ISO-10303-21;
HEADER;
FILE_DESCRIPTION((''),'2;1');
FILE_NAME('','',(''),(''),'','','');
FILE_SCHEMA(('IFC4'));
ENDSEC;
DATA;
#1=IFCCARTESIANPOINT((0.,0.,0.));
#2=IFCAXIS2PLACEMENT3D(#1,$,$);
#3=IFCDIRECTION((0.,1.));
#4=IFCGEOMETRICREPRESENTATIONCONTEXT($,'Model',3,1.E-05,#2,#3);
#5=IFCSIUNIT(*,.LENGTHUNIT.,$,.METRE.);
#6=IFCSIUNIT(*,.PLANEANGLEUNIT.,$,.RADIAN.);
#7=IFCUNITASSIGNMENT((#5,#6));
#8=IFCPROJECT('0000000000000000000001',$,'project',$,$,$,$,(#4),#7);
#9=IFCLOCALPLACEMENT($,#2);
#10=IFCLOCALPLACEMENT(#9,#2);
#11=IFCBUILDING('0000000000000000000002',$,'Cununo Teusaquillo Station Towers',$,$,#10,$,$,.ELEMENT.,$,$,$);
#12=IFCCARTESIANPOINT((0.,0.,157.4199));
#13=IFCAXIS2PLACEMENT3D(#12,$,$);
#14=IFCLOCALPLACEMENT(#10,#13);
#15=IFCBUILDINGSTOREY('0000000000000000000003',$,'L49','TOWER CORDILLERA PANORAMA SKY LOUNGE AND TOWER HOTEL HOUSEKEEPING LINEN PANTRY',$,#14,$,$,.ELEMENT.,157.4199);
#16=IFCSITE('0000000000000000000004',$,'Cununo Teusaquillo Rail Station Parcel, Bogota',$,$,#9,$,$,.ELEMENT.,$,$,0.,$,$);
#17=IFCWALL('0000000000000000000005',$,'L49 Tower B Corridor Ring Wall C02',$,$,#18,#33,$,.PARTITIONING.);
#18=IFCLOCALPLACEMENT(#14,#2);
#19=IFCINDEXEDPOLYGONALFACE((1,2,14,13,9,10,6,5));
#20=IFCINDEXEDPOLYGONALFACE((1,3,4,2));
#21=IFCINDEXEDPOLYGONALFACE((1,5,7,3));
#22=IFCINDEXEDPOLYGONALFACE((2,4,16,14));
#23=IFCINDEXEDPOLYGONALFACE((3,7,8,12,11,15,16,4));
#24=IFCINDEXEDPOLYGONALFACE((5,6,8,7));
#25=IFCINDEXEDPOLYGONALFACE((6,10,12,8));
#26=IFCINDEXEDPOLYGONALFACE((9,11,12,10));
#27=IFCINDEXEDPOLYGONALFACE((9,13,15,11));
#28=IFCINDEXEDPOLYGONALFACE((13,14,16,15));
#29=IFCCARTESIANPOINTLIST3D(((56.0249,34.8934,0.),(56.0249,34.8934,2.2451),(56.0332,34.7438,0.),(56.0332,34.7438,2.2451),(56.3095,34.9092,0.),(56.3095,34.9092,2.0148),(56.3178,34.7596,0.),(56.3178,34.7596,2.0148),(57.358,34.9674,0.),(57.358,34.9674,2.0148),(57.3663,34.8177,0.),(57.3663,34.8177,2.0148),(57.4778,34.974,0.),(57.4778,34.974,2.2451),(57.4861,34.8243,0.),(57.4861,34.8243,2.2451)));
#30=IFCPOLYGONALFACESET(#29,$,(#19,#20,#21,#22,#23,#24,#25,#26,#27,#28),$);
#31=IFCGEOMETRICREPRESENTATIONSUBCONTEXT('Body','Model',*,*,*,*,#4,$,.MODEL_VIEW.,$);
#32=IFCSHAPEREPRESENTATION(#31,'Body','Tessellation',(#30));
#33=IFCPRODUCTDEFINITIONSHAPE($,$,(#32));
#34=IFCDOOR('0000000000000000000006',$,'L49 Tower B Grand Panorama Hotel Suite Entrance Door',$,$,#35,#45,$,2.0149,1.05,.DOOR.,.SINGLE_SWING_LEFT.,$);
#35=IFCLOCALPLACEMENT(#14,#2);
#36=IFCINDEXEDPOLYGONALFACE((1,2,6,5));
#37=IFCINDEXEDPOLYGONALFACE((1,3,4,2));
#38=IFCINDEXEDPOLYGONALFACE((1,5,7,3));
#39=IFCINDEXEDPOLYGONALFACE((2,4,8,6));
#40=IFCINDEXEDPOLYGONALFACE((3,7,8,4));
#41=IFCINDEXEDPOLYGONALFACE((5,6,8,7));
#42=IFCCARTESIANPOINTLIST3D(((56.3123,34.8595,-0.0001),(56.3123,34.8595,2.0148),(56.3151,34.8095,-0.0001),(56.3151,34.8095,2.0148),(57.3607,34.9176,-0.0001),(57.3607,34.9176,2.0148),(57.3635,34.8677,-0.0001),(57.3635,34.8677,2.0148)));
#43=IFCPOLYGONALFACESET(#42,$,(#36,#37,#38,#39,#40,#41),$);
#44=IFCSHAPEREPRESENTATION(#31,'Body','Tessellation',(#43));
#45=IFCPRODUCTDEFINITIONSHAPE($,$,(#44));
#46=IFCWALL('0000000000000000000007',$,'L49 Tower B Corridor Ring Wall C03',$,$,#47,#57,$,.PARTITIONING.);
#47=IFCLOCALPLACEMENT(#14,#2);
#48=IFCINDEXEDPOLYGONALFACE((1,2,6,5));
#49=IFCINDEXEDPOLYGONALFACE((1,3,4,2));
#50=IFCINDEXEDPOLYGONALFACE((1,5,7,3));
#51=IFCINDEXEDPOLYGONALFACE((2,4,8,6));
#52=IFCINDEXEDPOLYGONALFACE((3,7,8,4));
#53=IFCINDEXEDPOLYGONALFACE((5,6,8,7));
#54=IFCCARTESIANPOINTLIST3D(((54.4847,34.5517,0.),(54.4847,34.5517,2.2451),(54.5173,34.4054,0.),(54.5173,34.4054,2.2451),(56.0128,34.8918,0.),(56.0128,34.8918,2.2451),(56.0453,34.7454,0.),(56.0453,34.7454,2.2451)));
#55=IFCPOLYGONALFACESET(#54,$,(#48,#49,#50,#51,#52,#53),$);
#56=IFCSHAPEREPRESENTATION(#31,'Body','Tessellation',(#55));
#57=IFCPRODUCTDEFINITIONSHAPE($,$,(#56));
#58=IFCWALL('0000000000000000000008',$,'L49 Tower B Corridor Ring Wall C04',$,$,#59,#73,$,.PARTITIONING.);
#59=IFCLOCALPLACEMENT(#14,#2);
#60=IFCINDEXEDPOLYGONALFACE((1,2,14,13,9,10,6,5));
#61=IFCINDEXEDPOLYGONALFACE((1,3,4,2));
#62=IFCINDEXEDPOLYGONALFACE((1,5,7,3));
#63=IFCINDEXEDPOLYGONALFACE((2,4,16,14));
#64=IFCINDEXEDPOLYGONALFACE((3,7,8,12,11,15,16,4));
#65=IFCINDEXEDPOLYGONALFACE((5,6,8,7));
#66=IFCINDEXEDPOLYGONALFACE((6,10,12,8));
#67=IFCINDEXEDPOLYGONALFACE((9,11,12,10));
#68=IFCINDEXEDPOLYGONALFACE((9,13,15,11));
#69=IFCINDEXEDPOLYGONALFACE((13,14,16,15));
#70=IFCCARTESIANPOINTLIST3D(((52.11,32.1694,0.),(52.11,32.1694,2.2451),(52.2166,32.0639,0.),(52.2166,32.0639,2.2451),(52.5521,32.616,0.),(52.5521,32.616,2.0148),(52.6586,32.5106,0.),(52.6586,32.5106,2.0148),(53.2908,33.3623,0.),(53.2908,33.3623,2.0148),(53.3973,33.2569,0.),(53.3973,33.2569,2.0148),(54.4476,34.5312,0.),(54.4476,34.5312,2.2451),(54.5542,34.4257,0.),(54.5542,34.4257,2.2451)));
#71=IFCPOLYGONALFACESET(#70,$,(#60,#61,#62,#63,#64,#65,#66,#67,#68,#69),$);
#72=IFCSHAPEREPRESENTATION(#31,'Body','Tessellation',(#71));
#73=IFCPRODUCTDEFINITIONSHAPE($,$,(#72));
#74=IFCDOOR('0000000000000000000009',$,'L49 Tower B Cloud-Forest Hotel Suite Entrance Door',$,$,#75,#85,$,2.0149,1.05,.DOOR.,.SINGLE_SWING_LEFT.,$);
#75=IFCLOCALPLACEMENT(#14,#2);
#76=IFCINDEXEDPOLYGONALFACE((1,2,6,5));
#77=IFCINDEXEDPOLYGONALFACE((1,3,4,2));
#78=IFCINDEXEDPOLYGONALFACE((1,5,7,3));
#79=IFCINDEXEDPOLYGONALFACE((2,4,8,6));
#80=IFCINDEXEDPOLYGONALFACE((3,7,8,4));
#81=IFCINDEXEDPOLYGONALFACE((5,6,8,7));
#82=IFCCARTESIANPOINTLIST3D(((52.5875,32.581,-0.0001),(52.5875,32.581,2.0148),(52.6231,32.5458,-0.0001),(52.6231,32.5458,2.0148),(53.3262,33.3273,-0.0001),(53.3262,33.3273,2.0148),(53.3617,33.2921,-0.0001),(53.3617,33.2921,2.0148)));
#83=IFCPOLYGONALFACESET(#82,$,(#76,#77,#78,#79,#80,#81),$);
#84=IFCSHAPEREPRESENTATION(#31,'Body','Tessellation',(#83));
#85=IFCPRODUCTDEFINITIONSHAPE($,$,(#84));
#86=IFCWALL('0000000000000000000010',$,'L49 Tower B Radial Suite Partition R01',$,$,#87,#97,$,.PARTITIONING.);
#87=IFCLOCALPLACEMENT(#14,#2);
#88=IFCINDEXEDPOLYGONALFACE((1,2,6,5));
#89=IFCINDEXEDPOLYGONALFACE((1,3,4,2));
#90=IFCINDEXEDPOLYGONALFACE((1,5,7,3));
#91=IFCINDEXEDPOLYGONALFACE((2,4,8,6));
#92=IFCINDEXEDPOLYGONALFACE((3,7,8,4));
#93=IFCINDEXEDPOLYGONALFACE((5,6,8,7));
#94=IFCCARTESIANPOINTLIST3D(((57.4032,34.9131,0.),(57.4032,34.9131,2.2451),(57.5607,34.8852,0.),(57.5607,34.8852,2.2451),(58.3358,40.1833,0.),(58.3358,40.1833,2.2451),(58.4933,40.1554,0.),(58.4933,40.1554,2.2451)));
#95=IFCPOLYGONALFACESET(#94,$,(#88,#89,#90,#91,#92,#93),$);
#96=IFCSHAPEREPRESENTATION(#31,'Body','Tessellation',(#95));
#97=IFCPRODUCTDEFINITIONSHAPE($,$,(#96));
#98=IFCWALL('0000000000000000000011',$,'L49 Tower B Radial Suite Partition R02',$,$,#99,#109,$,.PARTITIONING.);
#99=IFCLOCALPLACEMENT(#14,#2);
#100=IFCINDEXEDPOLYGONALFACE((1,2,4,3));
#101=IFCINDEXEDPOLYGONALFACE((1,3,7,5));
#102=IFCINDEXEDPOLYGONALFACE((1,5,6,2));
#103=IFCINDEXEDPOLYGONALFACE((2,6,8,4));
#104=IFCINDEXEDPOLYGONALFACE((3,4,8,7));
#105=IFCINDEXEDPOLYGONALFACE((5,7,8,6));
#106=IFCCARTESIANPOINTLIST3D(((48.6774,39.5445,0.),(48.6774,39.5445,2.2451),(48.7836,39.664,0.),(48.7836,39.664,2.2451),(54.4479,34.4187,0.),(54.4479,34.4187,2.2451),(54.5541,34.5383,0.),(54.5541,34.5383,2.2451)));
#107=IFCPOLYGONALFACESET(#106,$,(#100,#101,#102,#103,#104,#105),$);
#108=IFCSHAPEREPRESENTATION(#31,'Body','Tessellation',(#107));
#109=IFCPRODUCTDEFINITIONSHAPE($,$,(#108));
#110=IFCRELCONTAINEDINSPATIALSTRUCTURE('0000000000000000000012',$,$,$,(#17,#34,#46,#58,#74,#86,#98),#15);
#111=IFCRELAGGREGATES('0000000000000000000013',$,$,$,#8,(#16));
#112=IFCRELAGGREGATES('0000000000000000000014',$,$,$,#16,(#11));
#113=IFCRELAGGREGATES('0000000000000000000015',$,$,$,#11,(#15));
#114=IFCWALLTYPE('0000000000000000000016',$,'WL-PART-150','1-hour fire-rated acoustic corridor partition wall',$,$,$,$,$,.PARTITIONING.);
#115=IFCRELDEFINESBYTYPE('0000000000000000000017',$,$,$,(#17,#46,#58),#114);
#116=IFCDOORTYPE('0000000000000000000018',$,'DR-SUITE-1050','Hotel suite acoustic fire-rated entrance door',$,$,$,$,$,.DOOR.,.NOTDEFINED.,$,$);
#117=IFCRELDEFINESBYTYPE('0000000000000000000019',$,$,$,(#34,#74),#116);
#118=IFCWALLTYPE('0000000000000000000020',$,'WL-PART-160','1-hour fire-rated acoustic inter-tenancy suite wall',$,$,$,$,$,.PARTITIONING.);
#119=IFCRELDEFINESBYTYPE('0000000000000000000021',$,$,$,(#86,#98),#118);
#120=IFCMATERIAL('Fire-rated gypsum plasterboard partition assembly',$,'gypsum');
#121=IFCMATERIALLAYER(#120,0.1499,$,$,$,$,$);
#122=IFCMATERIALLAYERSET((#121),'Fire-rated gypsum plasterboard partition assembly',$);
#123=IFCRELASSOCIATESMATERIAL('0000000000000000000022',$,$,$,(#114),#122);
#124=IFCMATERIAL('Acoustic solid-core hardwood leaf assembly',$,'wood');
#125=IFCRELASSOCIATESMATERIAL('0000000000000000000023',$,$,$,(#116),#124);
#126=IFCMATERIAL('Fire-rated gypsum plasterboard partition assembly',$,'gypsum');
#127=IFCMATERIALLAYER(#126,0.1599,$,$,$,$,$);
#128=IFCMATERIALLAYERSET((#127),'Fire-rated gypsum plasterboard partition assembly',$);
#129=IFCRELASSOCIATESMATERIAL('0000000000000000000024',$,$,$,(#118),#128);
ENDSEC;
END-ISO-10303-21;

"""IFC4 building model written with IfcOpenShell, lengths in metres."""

from ifc_helpers import new_model, si_unit, direction, frame, frame_2d, origin, place, context, subcontext, project, spatial, rectangle, extrude, source, transform, mapped, material, layer, layer_set, type_object, element, fill, save


model = new_model("IFC4")

# Units and contexts
model_context = context("Model", 3, precision=1e-05, world=origin(), true_north=direction((0.0, 1.0)))
body_context = subcontext(model_context, "Body", "Model", "MODEL_VIEW")
ifc_project = project(units=[si_unit("LENGTHUNIT", "METRE"), si_unit("PLANEANGLEUNIT", "RADIAN")], contexts=[model_context])

# Site, building, storey
site_placement = place(None, origin())
site = spatial("IfcSite", under=ifc_project, at=site_placement, Name="Cununo Teusaquillo Rail Station Parcel, Bogota", CompositionType="ELEMENT", RefElevation=0.0)
building_placement = place(site_placement, origin())
building = spatial("IfcBuilding", under=site, at=building_placement, Name="Cununo Teusaquillo Station Towers", CompositionType="ELEMENT")
storey_placement = place(building_placement, frame((0.0, 0.0, 157.4199)))
storey = spatial("IfcBuildingStorey", under=building, at=storey_placement, Name="L49", Description="TOWER CORDILLERA PANORAMA SKY LOUNGE AND TOWER HOTEL HOUSEKEEPING LINEN PANTRY", CompositionType="ELEMENT", Elevation=157.4199)

# Wall, opening, door
ifc_material_1 = material(Name="Fire-rated gypsum plasterboard partition assembly", Category="gypsum")
ifc_layer_1 = layer(ifc_material_1, 0.1499)
ifc_layer_set_1 = layer_set([ifc_layer_1], Name="Fire-rated gypsum plasterboard partition assembly")
wall_type_1 = type_object("IfcWallType", Name="WL-PART-150", Description="1-hour fire-rated acoustic corridor partition wall", PredefinedType="PARTITIONING", material=ifc_layer_set_1)
wall_1_placement = place(storey_placement, frame((57.4819, 34.8992, 0.0), z_axis=(0.0, 0.0, 1.0), x_axis=(-0.998466, -0.055368, 0.0)))
wall_1 = element("IfcWall", 1, at=wall_1_placement, inside=storey, type_object=wall_type_1, Name="L49 Tower B Corridor Ring Wall C02", PredefinedType="PARTITIONING", context=body_context, shape_type="SweptSolid", body=[
    extrude(rectangle(XDim=1.4551, YDim=0.1499, at=frame_2d((0.7275, 0.0))), origin(), (0.0, 0.0, 1.0), 2.2451),
])
shared_shape_1 = source(origin(), body_context, "Body", "SweptSolid", [
    extrude(rectangle(XDim=1.05, YDim=2.0149, at=frame_2d((0.5249, 1.0073))), frame((0.0, 0.085, 0.0), z_axis=(0.0, -1.0, 0.0), x_axis=(1.0, 0.0, 0.0)), (0.0, 0.0, 1.0), 0.1699),
])
opening_1_placement = place(wall_1_placement, frame((0.1201, 0.0, 0.0)))
opening_1 = element("IfcOpeningElement", 2, at=opening_1_placement, cuts=wall_1, PredefinedType="OPENING", context=body_context, shape_type="MappedRepresentation", body=[
    mapped(shared_shape_1, transform((0.0, 0.0, 0.0), x_axis=(1.0, 0.0, 0.0), y_axis=(0.0, 1.0, 0.0), z_axis=(0.0, 0.0, 1.0), scale=1.0)),
])
ifc_material_2 = material(Name="Acoustic solid-core hardwood leaf assembly", Category="wood")
door_type_1 = type_object("IfcDoorType", Name="DR-SUITE-1050", Description="Hotel suite acoustic fire-rated entrance door", OperationType="NOTDEFINED", PredefinedType="DOOR", material=ifc_material_2)
shared_shape_2 = source(origin(), body_context, "Body", "SweptSolid", [
    extrude(rectangle(XDim=1.05, YDim=2.0149, at=frame_2d((0.5249, 1.0073))), frame((0.0, 0.0249, 0.0), z_axis=(0.0, -1.0, 0.0), x_axis=(1.0, 0.0, 0.0)), (0.0, 0.0, 1.0), 0.05),
])
door_1_placement = place(opening_1_placement, origin())
door_1 = element("IfcDoor", 3, at=door_1_placement, inside=storey, type_object=door_type_1, Name="L49 Tower B Grand Panorama Hotel Suite Entrance Door", OperationType="SINGLE_SWING_LEFT", OverallHeight=2.0149, OverallWidth=1.05, PredefinedType="DOOR", context=body_context, shape_type="MappedRepresentation", body=[
    mapped(shared_shape_2, transform((0.0, 0.0, 0.0), x_axis=(1.0, 0.0, 0.0), y_axis=(0.0, 1.0, 0.0), z_axis=(0.0, 0.0, 1.0), scale=1.0)),
])
fill(opening_1, door_1)

# Wall
wall_2_placement = place(storey_placement, frame((56.0291, 34.8186, 0.0), z_axis=(0.0, 0.0, 1.0), x_axis=(-0.976117, -0.217244, 0.0)))
element("IfcWall", 4, at=wall_2_placement, inside=storey, type_object=wall_type_1, Name="L49 Tower B Corridor Ring Wall C03", PredefinedType="PARTITIONING", context=body_context, shape_type="SweptSolid", body=[
    extrude(rectangle(XDim=1.5654, YDim=0.1499, at=frame_2d((0.7827, 0.0))), origin(), (0.0, 0.0, 1.0), 2.2451),
])

# Wall, opening, door
wall_3_placement = place(storey_placement, frame((54.501, 34.4785, 0.0), z_axis=(0.0, 0.0, 1.0), x_axis=(-0.703461, -0.710734, 0.0)))
wall_3 = element("IfcWall", 5, at=wall_3_placement, inside=storey, type_object=wall_type_1, Name="L49 Tower B Corridor Ring Wall C04", PredefinedType="PARTITIONING", context=body_context, shape_type="SweptSolid", body=[
    extrude(rectangle(XDim=3.323, YDim=0.1499, at=frame_2d((1.6616, 0.0))), origin(), (0.0, 0.0, 1.0), 2.2451),
])
opening_2_placement = place(wall_3_placement, frame((1.6448, 0.0, 0.0)))
opening_2 = element("IfcOpeningElement", 6, at=opening_2_placement, cuts=wall_3, PredefinedType="OPENING", context=body_context, shape_type="MappedRepresentation", body=[
    mapped(shared_shape_1, transform((0.0, 0.0, 0.0), x_axis=(1.0, 0.0, 0.0), y_axis=(0.0, 1.0, 0.0), z_axis=(0.0, 0.0, 1.0), scale=1.0)),
])
door_2_placement = place(opening_2_placement, origin())
door_2 = element("IfcDoor", 7, at=door_2_placement, inside=storey, type_object=door_type_1, Name="L49 Tower B Cloud-Forest Hotel Suite Entrance Door", OperationType="SINGLE_SWING_LEFT", OverallHeight=2.0149, OverallWidth=1.05, PredefinedType="DOOR", context=body_context, shape_type="MappedRepresentation", body=[
    mapped(shared_shape_2, transform((0.0, 0.0, 0.0), x_axis=(1.0, 0.0, 0.0), y_axis=(0.0, 1.0, 0.0), z_axis=(0.0, 0.0, 1.0), scale=1.0)),
])
fill(opening_2, door_2)

# Walls
ifc_material_3 = material(Name="Fire-rated gypsum plasterboard partition assembly", Category="gypsum")
ifc_layer_2 = layer(ifc_material_3, 0.1599)
ifc_layer_set_2 = layer_set([ifc_layer_2], Name="Fire-rated gypsum plasterboard partition assembly")
wall_type_2 = type_object("IfcWallType", Name="WL-PART-160", Description="1-hour fire-rated acoustic inter-tenancy suite wall", PredefinedType="PARTITIONING", material=ifc_layer_set_2)
wall_4_placement = place(storey_placement, frame((57.4819, 34.8992, 0.0), z_axis=(0.0, 0.0, 1.0), x_axis=(0.174251, 0.984701, 0.0)))
element("IfcWall", 8, at=wall_4_placement, inside=storey, type_object=wall_type_2, Name="L49 Tower B Radial Suite Partition R01", PredefinedType="PARTITIONING", context=body_context, shape_type="SweptSolid", body=[
    extrude(rectangle(XDim=5.3521, YDim=0.1599, at=frame_2d((2.676, 0.0))), origin(), (0.0, 0.0, 1.0), 2.2451),
])
wall_5_placement = place(storey_placement, frame((54.501, 34.4785, 0.0), z_axis=(0.0, 0.0, 1.0), x_axis=(-0.747641, 0.664103, 0.0)))
element("IfcWall", 9, at=wall_5_placement, inside=storey, type_object=wall_type_2, Name="L49 Tower B Radial Suite Partition R02", PredefinedType="PARTITIONING", context=body_context, shape_type="SweptSolid", body=[
    extrude(rectangle(XDim=7.7183, YDim=0.1599, at=frame_2d((3.8591, 0.0))), origin(), (0.0, 0.0, 1.0), 2.2451),
])

save(model, "model.ifc")
